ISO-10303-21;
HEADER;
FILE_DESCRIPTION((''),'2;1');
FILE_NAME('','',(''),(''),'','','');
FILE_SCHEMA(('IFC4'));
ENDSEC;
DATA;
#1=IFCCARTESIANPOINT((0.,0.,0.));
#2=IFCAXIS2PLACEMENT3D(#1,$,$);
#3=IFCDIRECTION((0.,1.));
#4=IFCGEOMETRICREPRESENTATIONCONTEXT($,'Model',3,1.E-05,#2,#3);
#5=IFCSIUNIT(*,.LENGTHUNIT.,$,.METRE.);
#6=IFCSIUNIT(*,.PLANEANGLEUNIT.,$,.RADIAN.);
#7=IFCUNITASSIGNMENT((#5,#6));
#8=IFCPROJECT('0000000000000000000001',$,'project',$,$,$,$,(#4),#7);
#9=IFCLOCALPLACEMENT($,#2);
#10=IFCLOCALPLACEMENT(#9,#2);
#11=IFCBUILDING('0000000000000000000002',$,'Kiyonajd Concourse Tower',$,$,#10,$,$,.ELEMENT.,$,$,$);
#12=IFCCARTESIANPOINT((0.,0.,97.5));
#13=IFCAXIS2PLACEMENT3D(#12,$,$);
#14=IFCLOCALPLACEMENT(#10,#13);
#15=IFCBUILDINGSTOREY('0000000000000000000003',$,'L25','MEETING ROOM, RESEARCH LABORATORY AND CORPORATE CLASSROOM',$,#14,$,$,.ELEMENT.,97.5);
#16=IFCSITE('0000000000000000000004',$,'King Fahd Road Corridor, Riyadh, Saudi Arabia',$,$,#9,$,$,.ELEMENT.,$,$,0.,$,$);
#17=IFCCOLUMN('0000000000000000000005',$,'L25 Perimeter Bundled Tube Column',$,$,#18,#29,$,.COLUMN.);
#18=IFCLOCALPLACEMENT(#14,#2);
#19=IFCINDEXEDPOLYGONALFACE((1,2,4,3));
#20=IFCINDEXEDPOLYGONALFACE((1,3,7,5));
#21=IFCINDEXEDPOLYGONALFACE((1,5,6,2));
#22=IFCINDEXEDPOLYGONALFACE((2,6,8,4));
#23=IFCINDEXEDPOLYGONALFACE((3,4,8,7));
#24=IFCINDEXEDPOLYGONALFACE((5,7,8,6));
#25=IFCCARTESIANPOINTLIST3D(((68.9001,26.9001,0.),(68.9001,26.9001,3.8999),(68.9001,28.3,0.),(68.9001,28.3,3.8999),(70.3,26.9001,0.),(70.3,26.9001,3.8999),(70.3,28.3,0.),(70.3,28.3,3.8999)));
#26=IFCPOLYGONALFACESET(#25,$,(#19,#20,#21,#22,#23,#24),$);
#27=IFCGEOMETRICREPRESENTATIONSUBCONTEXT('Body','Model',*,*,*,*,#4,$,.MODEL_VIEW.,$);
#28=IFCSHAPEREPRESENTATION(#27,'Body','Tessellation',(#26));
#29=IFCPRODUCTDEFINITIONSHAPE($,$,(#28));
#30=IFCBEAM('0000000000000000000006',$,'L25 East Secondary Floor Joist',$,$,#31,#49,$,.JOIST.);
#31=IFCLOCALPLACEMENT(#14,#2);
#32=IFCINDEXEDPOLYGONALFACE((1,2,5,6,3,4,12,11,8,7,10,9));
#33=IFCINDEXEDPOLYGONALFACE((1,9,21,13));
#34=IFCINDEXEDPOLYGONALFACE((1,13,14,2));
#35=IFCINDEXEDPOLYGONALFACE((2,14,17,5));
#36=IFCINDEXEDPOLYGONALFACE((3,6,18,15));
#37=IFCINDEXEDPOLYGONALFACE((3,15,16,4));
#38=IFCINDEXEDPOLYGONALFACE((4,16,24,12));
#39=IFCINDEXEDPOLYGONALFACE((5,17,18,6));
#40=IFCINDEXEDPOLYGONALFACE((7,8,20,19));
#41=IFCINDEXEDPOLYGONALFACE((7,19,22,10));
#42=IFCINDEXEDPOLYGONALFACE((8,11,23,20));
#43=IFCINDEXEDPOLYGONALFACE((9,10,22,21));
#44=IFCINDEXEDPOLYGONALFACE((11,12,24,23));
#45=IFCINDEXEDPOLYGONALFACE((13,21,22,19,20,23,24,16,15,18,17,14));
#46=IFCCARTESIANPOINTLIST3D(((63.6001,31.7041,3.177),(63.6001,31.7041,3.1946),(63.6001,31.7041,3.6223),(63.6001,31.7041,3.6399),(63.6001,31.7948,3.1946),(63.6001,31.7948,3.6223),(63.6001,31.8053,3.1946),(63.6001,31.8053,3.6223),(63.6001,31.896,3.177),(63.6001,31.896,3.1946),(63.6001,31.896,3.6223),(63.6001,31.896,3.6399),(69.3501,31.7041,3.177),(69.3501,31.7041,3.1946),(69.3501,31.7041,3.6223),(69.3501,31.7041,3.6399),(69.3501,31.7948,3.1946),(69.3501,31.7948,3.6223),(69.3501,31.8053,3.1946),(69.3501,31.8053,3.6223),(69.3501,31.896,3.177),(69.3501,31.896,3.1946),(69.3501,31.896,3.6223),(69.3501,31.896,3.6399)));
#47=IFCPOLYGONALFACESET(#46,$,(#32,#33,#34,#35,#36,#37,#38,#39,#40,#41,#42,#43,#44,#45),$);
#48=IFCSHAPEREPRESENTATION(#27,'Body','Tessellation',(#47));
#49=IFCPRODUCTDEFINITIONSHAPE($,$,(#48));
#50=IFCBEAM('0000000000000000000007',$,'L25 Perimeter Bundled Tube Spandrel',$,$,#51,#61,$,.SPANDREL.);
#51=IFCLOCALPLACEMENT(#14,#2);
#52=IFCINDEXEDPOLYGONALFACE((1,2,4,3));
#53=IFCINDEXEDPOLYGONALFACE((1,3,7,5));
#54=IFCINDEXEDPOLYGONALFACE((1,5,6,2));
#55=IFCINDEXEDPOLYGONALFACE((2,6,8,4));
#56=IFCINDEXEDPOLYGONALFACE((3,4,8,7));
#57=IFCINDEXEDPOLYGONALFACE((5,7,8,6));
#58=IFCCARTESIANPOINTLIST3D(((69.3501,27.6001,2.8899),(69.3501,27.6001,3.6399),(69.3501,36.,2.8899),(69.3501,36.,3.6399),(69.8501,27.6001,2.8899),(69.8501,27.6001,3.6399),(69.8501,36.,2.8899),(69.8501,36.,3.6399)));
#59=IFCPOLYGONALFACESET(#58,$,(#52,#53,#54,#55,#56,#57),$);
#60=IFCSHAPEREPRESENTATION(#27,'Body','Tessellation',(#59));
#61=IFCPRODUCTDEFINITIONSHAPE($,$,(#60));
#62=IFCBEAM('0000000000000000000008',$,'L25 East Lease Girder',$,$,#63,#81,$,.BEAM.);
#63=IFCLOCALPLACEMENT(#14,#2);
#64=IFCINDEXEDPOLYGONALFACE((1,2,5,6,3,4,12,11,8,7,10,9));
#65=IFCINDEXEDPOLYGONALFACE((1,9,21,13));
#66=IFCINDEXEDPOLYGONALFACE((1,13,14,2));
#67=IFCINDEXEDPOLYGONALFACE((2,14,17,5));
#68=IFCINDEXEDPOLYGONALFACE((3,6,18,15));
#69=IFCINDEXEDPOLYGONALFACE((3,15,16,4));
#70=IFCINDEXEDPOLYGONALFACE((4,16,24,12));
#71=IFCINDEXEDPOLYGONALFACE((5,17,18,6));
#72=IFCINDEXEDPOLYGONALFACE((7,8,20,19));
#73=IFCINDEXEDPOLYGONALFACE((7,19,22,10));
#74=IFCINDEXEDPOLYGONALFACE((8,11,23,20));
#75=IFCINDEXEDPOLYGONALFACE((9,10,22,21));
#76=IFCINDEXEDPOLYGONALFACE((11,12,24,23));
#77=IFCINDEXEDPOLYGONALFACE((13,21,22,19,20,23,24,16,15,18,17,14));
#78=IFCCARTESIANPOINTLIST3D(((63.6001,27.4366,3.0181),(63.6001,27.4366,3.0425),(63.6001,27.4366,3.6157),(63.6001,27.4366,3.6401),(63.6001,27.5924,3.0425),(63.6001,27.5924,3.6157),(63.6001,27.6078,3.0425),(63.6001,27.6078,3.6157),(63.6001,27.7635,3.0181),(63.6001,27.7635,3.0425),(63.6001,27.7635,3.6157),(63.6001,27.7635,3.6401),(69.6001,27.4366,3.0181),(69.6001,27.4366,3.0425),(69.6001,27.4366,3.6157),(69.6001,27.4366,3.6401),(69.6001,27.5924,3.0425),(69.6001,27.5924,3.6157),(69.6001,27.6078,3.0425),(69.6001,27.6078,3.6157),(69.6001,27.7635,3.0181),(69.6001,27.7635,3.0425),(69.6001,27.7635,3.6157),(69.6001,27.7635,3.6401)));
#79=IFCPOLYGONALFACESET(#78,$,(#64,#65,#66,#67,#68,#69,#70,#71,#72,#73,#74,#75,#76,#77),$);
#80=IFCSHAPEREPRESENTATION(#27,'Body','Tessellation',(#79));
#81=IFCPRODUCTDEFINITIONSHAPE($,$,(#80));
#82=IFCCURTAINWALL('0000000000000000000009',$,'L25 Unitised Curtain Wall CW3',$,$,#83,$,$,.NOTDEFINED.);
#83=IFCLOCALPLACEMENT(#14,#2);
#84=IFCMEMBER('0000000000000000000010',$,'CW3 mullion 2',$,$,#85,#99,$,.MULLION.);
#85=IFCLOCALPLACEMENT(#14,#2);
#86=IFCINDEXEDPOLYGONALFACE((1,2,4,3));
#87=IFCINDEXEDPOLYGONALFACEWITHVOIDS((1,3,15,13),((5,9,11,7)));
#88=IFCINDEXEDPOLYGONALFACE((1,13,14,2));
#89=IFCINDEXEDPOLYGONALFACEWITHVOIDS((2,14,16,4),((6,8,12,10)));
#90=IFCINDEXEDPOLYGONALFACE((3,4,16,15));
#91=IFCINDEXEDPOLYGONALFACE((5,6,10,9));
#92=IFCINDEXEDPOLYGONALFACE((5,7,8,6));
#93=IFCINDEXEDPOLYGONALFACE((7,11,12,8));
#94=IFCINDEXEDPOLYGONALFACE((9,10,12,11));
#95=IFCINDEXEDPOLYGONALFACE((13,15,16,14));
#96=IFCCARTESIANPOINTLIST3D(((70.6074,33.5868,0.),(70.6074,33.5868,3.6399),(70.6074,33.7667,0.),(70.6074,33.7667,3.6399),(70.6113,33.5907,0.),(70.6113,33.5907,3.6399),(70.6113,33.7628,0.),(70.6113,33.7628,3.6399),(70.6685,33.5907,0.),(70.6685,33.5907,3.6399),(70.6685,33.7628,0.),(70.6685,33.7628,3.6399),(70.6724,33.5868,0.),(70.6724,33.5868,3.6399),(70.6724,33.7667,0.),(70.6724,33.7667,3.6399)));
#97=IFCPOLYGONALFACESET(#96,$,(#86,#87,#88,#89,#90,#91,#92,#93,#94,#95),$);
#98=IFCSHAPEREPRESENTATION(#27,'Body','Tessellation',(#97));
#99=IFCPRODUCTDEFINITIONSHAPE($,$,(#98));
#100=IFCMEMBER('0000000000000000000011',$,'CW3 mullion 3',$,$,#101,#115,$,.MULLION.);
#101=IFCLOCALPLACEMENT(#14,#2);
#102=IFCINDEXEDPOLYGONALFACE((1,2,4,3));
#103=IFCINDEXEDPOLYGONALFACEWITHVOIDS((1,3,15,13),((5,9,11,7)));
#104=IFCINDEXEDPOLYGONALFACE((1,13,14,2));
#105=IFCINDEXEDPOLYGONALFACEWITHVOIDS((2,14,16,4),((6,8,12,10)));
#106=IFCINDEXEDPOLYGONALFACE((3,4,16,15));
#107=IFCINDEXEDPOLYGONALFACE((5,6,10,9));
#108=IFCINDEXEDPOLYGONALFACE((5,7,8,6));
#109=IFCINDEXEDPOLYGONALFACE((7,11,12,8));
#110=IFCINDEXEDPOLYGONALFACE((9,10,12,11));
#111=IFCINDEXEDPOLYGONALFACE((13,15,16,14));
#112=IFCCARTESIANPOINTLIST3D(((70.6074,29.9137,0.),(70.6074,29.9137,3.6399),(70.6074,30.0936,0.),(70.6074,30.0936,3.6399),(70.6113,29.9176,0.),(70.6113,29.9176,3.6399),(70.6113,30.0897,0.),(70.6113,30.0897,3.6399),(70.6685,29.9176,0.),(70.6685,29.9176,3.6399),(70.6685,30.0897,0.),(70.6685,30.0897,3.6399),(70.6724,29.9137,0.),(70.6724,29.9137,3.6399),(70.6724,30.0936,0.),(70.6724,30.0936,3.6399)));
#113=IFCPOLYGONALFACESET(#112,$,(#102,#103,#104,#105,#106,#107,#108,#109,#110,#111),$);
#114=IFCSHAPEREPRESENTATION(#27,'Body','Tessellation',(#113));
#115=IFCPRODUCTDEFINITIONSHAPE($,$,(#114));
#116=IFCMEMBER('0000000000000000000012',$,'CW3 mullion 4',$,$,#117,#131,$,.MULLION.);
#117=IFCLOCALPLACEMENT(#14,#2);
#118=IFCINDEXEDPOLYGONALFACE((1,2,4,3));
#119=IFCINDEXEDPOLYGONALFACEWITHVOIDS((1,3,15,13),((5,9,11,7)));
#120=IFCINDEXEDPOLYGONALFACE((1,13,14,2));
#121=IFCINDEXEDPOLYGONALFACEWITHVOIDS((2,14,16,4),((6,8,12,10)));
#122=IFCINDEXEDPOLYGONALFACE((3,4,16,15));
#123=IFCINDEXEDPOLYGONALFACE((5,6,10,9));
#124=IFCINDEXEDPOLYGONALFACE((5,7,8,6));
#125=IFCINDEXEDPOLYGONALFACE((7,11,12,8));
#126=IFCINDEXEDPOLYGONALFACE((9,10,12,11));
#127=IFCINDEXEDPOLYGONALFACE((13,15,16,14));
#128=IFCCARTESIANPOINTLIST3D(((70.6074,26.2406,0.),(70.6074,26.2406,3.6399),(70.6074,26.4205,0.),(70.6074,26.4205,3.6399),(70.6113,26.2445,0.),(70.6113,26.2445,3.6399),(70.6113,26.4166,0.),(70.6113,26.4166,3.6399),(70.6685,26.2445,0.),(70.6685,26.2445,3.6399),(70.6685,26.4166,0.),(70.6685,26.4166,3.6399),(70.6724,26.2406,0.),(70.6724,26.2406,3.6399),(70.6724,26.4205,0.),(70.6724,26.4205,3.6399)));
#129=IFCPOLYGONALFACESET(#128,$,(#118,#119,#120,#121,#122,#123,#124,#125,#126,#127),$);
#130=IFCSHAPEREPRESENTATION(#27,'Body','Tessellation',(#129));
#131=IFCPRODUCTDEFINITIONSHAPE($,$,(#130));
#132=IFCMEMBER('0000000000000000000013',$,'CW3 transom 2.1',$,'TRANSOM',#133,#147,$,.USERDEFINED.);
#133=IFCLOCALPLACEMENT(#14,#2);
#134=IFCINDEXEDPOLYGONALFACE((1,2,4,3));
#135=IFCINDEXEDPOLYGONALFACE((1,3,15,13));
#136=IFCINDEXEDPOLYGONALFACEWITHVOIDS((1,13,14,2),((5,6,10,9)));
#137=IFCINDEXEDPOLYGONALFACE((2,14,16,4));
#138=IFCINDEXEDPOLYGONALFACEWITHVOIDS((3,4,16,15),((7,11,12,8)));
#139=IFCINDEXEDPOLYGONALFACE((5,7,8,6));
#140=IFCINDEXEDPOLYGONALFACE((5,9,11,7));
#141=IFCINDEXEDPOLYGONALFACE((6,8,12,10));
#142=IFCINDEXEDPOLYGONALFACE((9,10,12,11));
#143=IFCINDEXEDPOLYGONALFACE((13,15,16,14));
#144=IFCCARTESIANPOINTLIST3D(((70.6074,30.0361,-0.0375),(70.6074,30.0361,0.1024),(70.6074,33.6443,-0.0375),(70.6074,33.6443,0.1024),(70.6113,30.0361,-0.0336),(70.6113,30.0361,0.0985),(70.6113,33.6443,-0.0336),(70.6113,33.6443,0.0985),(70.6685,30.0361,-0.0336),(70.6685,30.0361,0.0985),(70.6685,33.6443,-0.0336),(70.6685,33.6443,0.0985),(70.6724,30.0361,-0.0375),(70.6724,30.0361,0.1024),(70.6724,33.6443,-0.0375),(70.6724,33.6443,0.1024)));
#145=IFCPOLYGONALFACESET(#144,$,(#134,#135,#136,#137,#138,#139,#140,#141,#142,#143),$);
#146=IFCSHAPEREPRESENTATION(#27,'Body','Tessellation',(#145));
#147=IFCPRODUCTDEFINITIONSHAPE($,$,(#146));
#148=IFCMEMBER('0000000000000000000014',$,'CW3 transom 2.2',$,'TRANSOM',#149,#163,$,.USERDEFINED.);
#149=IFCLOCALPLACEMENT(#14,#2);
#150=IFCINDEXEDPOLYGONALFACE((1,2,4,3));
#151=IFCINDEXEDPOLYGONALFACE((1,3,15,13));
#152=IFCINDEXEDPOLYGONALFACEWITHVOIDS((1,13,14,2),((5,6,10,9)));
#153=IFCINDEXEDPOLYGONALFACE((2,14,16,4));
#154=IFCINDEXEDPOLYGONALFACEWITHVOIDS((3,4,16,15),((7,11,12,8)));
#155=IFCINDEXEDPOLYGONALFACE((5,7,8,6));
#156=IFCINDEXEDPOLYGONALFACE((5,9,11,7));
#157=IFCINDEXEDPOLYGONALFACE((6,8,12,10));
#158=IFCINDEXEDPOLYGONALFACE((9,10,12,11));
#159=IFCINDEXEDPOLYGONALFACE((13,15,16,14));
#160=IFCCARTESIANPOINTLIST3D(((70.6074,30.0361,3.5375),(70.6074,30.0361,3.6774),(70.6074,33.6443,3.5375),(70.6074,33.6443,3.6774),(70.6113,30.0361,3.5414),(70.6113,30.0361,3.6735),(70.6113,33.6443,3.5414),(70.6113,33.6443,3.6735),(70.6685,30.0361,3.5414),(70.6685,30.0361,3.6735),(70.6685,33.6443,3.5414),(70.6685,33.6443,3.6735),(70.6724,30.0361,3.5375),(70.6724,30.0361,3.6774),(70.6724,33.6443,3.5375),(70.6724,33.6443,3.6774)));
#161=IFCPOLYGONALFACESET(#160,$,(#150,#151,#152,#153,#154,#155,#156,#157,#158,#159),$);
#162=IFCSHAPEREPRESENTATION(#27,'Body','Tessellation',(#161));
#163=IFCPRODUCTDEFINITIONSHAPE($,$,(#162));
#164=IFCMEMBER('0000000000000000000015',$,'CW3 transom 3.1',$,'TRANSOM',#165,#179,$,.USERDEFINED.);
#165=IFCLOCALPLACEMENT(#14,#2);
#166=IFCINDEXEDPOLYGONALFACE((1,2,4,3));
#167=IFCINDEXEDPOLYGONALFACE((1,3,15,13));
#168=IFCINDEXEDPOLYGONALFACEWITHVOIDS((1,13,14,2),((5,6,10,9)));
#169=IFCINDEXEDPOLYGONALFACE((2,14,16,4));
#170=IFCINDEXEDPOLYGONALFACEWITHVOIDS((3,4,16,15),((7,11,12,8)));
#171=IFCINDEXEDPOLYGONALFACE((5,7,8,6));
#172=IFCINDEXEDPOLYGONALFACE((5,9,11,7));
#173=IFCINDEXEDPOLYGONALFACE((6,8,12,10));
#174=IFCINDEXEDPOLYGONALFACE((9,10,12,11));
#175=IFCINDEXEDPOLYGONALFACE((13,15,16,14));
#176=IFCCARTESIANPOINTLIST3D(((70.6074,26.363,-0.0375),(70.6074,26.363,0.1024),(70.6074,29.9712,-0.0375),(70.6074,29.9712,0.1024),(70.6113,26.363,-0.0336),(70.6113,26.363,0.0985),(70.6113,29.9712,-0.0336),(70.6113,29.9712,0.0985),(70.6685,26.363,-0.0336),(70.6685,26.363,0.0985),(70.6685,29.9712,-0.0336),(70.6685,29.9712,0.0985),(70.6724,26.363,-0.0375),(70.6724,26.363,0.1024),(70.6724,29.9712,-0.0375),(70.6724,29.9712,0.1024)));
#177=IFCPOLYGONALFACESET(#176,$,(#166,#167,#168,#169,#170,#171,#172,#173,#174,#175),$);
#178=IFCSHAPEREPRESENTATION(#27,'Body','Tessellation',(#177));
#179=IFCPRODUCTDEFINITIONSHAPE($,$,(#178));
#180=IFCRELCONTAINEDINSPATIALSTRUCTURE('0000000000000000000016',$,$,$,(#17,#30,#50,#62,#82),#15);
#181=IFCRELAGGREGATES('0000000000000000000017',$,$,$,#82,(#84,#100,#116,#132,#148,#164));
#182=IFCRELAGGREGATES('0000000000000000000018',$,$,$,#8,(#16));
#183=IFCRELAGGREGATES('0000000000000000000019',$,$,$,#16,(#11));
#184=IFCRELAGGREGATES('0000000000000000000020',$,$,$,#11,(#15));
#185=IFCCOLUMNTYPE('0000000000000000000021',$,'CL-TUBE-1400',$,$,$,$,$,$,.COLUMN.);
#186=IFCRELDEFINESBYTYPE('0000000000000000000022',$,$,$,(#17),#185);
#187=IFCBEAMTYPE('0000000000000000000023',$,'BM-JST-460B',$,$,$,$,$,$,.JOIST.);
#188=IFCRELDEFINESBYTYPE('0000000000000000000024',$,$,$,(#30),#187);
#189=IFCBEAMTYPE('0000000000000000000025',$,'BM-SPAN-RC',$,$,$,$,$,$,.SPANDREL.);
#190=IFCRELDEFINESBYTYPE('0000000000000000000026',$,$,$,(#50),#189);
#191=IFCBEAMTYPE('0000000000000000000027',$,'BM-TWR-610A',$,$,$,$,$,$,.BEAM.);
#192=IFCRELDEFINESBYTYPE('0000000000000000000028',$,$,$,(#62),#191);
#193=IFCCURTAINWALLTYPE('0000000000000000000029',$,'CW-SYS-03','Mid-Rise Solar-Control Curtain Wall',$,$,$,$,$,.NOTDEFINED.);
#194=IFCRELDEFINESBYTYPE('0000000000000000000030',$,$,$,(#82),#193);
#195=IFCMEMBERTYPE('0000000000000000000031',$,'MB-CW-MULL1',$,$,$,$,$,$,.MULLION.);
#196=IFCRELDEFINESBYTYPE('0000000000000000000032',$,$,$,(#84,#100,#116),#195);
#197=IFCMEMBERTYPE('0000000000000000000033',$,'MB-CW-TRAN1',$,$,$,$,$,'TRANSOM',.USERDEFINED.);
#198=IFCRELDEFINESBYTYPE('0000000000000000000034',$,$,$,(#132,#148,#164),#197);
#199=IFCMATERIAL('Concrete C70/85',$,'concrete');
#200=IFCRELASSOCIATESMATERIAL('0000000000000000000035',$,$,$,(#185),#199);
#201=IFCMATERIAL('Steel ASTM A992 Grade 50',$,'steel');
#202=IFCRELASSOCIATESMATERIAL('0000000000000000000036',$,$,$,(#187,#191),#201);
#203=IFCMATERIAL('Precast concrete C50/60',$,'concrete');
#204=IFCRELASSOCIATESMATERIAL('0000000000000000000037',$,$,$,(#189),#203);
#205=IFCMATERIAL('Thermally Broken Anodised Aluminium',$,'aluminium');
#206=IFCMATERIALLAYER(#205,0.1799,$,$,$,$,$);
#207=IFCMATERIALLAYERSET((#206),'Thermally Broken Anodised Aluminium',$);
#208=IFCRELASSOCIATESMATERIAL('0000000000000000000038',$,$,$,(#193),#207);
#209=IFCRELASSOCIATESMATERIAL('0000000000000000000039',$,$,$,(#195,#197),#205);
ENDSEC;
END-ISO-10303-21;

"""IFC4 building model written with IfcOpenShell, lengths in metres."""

from ifc_helpers import new_model, si_unit, direction, frame, origin, origin_2d, place, context, subcontext, project, spatial, rectangle, hollow_rectangle, i_section, extrude, material, layer, layer_set, material_profile, profile_set, type_object, element, aggregate, save


model = new_model("IFC4")

# Units and contexts
model_context = context("Model", 3, precision=1e-05, world=origin(), true_north=direction((0.0, 1.0)))
body_context = subcontext(model_context, "Body", "Model", "MODEL_VIEW")
ifc_project = project(units=[si_unit("LENGTHUNIT", "METRE"), si_unit("PLANEANGLEUNIT", "RADIAN")], contexts=[model_context])

# Site, building, storey
site_placement = place(None, origin())
site = spatial("IfcSite", under=ifc_project, at=site_placement, Name="King Fahd Road Corridor, Riyadh, Saudi Arabia", CompositionType="ELEMENT", RefElevation=0.0)
building_placement = place(site_placement, origin())
building = spatial("IfcBuilding", under=site, at=building_placement, Name="Kiyonajd Concourse Tower", CompositionType="ELEMENT")
storey_placement = place(building_placement, frame((0.0, 0.0, 97.5)))
storey = spatial("IfcBuildingStorey", under=building, at=storey_placement, Name="L25", Description="MEETING ROOM, RESEARCH LABORATORY AND CORPORATE CLASSROOM", CompositionType="ELEMENT", Elevation=97.5)

# Column
ifc_material_1 = material(Name="Concrete C70/85", Category="concrete")
ifc_material_profile_1 = material_profile(ifc_material_1, rectangle(XDim=1.3999, YDim=1.3999, at=origin_2d()), Name="RC-1400x1400")
ifc_profile_set_1 = profile_set([ifc_material_profile_1], Name="Concrete C70/85")
column_type = type_object("IfcColumnType", Name="CL-TUBE-1400", PredefinedType="COLUMN", material=ifc_profile_set_1)
column_placement = place(storey_placement, frame((69.6001, 27.6001, 0.0), z_axis=(0.0, 0.0, 1.0), x_axis=(1.0, 0.0, 0.0)))
element("IfcColumn", 1, at=column_placement, inside=storey, type_object=column_type, Name="L25 Perimeter Bundled Tube Column", PredefinedType="COLUMN", context=body_context, shape_type="SweptSolid", body=[
    extrude(rectangle(XDim=1.3999, YDim=1.3999, at=origin_2d()), origin(), (0.0, 0.0, 1.0), 3.8999),
])

# Beams
ifc_material_2 = material(Name="Steel ASTM A992 Grade 50", Category="steel")
ifc_material_profile_2 = material_profile(ifc_material_2, i_section(OverallWidth=0.1919, OverallDepth=0.4629, WebThickness=0.0105, FlangeThickness=0.0176, at=origin_2d()), Name="W460X89")
ifc_profile_set_2 = profile_set([ifc_material_profile_2], Name="Steel ASTM A992 Grade 50")
beam_type_1 = type_object("IfcBeamType", Name="BM-JST-460B", PredefinedType="JOIST", material=ifc_profile_set_2)
beam_1_placement = place(storey_placement, frame((63.6001, 31.8, 3.4084), z_axis=(1.0, 0.0, 0.0), x_axis=(0.0, 1.0, 0.0)))
element("IfcBeam", 2, at=beam_1_placement, inside=storey, type_object=beam_type_1, Name="L25 East Secondary Floor Joist", PredefinedType="JOIST", context=body_context, shape_type="SweptSolid", body=[
    extrude(i_section(OverallWidth=0.1919, OverallDepth=0.4629, WebThickness=0.0105, FlangeThickness=0.0176, at=origin_2d()), origin(), (0.0, 0.0, 1.0), 5.75),
])
ifc_material_3 = material(Name="Precast concrete C50/60", Category="concrete")
ifc_material_profile_3 = material_profile(ifc_material_3, rectangle(XDim=0.5, YDim=0.75, at=origin_2d()), Name="RCBM-500x750")
ifc_profile_set_3 = profile_set([ifc_material_profile_3], Name="Precast concrete C50/60")
beam_type_2 = type_object("IfcBeamType", Name="BM-SPAN-RC", PredefinedType="SPANDREL", material=ifc_profile_set_3)
beam_2_placement = place(storey_placement, frame((69.6001, 27.6001, 3.2649), z_axis=(0.0, 1.0, 0.0), x_axis=(-1.0, 0.0, 0.0)))
element("IfcBeam", 3, at=beam_2_placement, inside=storey, type_object=beam_type_2, Name="L25 Perimeter Bundled Tube Spandrel", PredefinedType="SPANDREL", context=body_context, shape_type="SweptSolid", body=[
    extrude(rectangle(XDim=0.5, YDim=0.75, at=origin_2d()), origin(), (0.0, 0.0, 1.0), 8.3999),
])
ifc_material_profile_4 = material_profile(ifc_material_2, i_section(OverallWidth=0.3269, OverallDepth=0.6221, WebThickness=0.0154, FlangeThickness=0.0244, at=origin_2d()), Name="W610X195")
ifc_profile_set_4 = profile_set([ifc_material_profile_4], Name="Steel ASTM A992 Grade 50")
beam_type_3 = type_object("IfcBeamType", Name="BM-TWR-610A", PredefinedType="BEAM", material=ifc_profile_set_4)
beam_3_placement = place(storey_placement, frame((63.6001, 27.6001, 3.3291), z_axis=(1.0, 0.0, 0.0), x_axis=(0.0, 1.0, 0.0)))
element("IfcBeam", 4, at=beam_3_placement, inside=storey, type_object=beam_type_3, Name="L25 East Lease Girder", PredefinedType="BEAM", context=body_context, shape_type="SweptSolid", body=[
    extrude(i_section(OverallWidth=0.3269, OverallDepth=0.6221, WebThickness=0.0154, FlangeThickness=0.0244, at=origin_2d()), origin(), (0.0, 0.0, 1.0), 6.0),
])

# Curtain wall, members
ifc_material_4 = material(Name="Thermally Broken Anodised Aluminium", Category="aluminium")
ifc_layer_1 = layer(ifc_material_4, 0.1799)
ifc_layer_set_1 = layer_set([ifc_layer_1], Name="Thermally Broken Anodised Aluminium")
curtain_wall_type = type_object("IfcCurtainWallType", Name="CW-SYS-03", Description="Mid-Rise Solar-Control Curtain Wall", PredefinedType="NOTDEFINED", material=ifc_layer_set_1)
curtain_wall_placement = place(storey_placement, origin())
curtain_wall = element("IfcCurtainWall", 5, at=curtain_wall_placement, inside=storey, type_object=curtain_wall_type, Name="L25 Unitised Curtain Wall CW3", PredefinedType="NOTDEFINED")
ifc_material_profile_5 = material_profile(ifc_material_4, hollow_rectangle(XDim=0.0649, YDim=0.1799, WallThickness=0.0039, at=origin_2d()), Name="MULL-65x180")
ifc_profile_set_5 = profile_set([ifc_material_profile_5], Name="Thermally Broken Anodised Aluminium")
member_type_1 = type_object("IfcMemberType", Name="MB-CW-MULL1", PredefinedType="MULLION", material=ifc_profile_set_5)
member_1_placement = place(storey_placement, frame((70.6399, 33.6768, 0.0), z_axis=(0.0, 0.0, 1.0), x_axis=(1.0, 0.0, 0.0)))
member_1 = element("IfcMember", 6, at=member_1_placement, type_object=member_type_1, Name="CW3 mullion 2", PredefinedType="MULLION", context=body_context, shape_type="SweptSolid", body=[
    extrude(hollow_rectangle(XDim=0.0649, YDim=0.1799, WallThickness=0.0039, at=origin_2d()), origin(), (0.0, 0.0, 1.0), 3.6399),
])
member_2_placement = place(storey_placement, frame((70.6399, 30.0037, 0.0), z_axis=(0.0, 0.0, 1.0), x_axis=(1.0, 0.0, 0.0)))
member_2 = element("IfcMember", 7, at=member_2_placement, type_object=member_type_1, Name="CW3 mullion 3", PredefinedType="MULLION", context=body_context, shape_type="SweptSolid", body=[
    extrude(hollow_rectangle(XDim=0.0649, YDim=0.1799, WallThickness=0.0039, at=origin_2d()), origin(), (0.0, 0.0, 1.0), 3.6399),
])
member_3_placement = place(storey_placement, frame((70.6399, 26.3306, 0.0), z_axis=(0.0, 0.0, 1.0), x_axis=(1.0, 0.0, 0.0)))
member_3 = element("IfcMember", 8, at=member_3_placement, type_object=member_type_1, Name="CW3 mullion 4", PredefinedType="MULLION", context=body_context, shape_type="SweptSolid", body=[
    extrude(hollow_rectangle(XDim=0.0649, YDim=0.1799, WallThickness=0.0039, at=origin_2d()), origin(), (0.0, 0.0, 1.0), 3.6399),
])
ifc_material_profile_6 = material_profile(ifc_material_4, hollow_rectangle(XDim=0.0649, YDim=0.1399, WallThickness=0.0039, at=origin_2d()), Name="TRAN-65x140")
ifc_profile_set_6 = profile_set([ifc_material_profile_6], Name="Thermally Broken Anodised Aluminium")
member_type_2 = type_object("IfcMemberType", Name="MB-CW-TRAN1", ElementType="TRANSOM", PredefinedType="USERDEFINED", material=ifc_profile_set_6)
member_4_placement = place(storey_placement, frame((70.6399, 33.6443, 0.0325), z_axis=(0.0, -1.0, 0.0), x_axis=(1.0, 0.0, 0.0)))
member_4 = element("IfcMember", 9, at=member_4_placement, type_object=member_type_2, Name="CW3 transom 2.1", ObjectType="TRANSOM", PredefinedType="USERDEFINED", context=body_context, shape_type="SweptSolid", body=[
    extrude(hollow_rectangle(XDim=0.0649, YDim=0.1399, WallThickness=0.0039, at=origin_2d()), origin(), (0.0, 0.0, 1.0), 3.6082),
])
member_5_placement = place(storey_placement, frame((70.6399, 33.6443, 3.6074), z_axis=(0.0, -1.0, 0.0), x_axis=(1.0, 0.0, 0.0)))
member_5 = element("IfcMember", 10, at=member_5_placement, type_object=member_type_2, Name="CW3 transom 2.2", ObjectType="TRANSOM", PredefinedType="USERDEFINED", context=body_context, shape_type="SweptSolid", body=[
    extrude(hollow_rectangle(XDim=0.0649, YDim=0.1399, WallThickness=0.0039, at=origin_2d()), origin(), (0.0, 0.0, 1.0), 3.6082),
])
member_6_placement = place(storey_placement, frame((70.6399, 29.9712, 0.0325), z_axis=(0.0, -1.0, 0.0), x_axis=(1.0, 0.0, 0.0)))
member_6 = element("IfcMember", 11, at=member_6_placement, type_object=member_type_2, Name="CW3 transom 3.1", ObjectType="TRANSOM", PredefinedType="USERDEFINED", context=body_context, shape_type="SweptSolid", body=[
    extrude(hollow_rectangle(XDim=0.0649, YDim=0.1399, WallThickness=0.0039, at=origin_2d()), origin(), (0.0, 0.0, 1.0), 3.6082),
])
aggregate(curtain_wall, [member_1, member_2, member_3, member_4, member_5, member_6])

save(model, "model.ifc")
